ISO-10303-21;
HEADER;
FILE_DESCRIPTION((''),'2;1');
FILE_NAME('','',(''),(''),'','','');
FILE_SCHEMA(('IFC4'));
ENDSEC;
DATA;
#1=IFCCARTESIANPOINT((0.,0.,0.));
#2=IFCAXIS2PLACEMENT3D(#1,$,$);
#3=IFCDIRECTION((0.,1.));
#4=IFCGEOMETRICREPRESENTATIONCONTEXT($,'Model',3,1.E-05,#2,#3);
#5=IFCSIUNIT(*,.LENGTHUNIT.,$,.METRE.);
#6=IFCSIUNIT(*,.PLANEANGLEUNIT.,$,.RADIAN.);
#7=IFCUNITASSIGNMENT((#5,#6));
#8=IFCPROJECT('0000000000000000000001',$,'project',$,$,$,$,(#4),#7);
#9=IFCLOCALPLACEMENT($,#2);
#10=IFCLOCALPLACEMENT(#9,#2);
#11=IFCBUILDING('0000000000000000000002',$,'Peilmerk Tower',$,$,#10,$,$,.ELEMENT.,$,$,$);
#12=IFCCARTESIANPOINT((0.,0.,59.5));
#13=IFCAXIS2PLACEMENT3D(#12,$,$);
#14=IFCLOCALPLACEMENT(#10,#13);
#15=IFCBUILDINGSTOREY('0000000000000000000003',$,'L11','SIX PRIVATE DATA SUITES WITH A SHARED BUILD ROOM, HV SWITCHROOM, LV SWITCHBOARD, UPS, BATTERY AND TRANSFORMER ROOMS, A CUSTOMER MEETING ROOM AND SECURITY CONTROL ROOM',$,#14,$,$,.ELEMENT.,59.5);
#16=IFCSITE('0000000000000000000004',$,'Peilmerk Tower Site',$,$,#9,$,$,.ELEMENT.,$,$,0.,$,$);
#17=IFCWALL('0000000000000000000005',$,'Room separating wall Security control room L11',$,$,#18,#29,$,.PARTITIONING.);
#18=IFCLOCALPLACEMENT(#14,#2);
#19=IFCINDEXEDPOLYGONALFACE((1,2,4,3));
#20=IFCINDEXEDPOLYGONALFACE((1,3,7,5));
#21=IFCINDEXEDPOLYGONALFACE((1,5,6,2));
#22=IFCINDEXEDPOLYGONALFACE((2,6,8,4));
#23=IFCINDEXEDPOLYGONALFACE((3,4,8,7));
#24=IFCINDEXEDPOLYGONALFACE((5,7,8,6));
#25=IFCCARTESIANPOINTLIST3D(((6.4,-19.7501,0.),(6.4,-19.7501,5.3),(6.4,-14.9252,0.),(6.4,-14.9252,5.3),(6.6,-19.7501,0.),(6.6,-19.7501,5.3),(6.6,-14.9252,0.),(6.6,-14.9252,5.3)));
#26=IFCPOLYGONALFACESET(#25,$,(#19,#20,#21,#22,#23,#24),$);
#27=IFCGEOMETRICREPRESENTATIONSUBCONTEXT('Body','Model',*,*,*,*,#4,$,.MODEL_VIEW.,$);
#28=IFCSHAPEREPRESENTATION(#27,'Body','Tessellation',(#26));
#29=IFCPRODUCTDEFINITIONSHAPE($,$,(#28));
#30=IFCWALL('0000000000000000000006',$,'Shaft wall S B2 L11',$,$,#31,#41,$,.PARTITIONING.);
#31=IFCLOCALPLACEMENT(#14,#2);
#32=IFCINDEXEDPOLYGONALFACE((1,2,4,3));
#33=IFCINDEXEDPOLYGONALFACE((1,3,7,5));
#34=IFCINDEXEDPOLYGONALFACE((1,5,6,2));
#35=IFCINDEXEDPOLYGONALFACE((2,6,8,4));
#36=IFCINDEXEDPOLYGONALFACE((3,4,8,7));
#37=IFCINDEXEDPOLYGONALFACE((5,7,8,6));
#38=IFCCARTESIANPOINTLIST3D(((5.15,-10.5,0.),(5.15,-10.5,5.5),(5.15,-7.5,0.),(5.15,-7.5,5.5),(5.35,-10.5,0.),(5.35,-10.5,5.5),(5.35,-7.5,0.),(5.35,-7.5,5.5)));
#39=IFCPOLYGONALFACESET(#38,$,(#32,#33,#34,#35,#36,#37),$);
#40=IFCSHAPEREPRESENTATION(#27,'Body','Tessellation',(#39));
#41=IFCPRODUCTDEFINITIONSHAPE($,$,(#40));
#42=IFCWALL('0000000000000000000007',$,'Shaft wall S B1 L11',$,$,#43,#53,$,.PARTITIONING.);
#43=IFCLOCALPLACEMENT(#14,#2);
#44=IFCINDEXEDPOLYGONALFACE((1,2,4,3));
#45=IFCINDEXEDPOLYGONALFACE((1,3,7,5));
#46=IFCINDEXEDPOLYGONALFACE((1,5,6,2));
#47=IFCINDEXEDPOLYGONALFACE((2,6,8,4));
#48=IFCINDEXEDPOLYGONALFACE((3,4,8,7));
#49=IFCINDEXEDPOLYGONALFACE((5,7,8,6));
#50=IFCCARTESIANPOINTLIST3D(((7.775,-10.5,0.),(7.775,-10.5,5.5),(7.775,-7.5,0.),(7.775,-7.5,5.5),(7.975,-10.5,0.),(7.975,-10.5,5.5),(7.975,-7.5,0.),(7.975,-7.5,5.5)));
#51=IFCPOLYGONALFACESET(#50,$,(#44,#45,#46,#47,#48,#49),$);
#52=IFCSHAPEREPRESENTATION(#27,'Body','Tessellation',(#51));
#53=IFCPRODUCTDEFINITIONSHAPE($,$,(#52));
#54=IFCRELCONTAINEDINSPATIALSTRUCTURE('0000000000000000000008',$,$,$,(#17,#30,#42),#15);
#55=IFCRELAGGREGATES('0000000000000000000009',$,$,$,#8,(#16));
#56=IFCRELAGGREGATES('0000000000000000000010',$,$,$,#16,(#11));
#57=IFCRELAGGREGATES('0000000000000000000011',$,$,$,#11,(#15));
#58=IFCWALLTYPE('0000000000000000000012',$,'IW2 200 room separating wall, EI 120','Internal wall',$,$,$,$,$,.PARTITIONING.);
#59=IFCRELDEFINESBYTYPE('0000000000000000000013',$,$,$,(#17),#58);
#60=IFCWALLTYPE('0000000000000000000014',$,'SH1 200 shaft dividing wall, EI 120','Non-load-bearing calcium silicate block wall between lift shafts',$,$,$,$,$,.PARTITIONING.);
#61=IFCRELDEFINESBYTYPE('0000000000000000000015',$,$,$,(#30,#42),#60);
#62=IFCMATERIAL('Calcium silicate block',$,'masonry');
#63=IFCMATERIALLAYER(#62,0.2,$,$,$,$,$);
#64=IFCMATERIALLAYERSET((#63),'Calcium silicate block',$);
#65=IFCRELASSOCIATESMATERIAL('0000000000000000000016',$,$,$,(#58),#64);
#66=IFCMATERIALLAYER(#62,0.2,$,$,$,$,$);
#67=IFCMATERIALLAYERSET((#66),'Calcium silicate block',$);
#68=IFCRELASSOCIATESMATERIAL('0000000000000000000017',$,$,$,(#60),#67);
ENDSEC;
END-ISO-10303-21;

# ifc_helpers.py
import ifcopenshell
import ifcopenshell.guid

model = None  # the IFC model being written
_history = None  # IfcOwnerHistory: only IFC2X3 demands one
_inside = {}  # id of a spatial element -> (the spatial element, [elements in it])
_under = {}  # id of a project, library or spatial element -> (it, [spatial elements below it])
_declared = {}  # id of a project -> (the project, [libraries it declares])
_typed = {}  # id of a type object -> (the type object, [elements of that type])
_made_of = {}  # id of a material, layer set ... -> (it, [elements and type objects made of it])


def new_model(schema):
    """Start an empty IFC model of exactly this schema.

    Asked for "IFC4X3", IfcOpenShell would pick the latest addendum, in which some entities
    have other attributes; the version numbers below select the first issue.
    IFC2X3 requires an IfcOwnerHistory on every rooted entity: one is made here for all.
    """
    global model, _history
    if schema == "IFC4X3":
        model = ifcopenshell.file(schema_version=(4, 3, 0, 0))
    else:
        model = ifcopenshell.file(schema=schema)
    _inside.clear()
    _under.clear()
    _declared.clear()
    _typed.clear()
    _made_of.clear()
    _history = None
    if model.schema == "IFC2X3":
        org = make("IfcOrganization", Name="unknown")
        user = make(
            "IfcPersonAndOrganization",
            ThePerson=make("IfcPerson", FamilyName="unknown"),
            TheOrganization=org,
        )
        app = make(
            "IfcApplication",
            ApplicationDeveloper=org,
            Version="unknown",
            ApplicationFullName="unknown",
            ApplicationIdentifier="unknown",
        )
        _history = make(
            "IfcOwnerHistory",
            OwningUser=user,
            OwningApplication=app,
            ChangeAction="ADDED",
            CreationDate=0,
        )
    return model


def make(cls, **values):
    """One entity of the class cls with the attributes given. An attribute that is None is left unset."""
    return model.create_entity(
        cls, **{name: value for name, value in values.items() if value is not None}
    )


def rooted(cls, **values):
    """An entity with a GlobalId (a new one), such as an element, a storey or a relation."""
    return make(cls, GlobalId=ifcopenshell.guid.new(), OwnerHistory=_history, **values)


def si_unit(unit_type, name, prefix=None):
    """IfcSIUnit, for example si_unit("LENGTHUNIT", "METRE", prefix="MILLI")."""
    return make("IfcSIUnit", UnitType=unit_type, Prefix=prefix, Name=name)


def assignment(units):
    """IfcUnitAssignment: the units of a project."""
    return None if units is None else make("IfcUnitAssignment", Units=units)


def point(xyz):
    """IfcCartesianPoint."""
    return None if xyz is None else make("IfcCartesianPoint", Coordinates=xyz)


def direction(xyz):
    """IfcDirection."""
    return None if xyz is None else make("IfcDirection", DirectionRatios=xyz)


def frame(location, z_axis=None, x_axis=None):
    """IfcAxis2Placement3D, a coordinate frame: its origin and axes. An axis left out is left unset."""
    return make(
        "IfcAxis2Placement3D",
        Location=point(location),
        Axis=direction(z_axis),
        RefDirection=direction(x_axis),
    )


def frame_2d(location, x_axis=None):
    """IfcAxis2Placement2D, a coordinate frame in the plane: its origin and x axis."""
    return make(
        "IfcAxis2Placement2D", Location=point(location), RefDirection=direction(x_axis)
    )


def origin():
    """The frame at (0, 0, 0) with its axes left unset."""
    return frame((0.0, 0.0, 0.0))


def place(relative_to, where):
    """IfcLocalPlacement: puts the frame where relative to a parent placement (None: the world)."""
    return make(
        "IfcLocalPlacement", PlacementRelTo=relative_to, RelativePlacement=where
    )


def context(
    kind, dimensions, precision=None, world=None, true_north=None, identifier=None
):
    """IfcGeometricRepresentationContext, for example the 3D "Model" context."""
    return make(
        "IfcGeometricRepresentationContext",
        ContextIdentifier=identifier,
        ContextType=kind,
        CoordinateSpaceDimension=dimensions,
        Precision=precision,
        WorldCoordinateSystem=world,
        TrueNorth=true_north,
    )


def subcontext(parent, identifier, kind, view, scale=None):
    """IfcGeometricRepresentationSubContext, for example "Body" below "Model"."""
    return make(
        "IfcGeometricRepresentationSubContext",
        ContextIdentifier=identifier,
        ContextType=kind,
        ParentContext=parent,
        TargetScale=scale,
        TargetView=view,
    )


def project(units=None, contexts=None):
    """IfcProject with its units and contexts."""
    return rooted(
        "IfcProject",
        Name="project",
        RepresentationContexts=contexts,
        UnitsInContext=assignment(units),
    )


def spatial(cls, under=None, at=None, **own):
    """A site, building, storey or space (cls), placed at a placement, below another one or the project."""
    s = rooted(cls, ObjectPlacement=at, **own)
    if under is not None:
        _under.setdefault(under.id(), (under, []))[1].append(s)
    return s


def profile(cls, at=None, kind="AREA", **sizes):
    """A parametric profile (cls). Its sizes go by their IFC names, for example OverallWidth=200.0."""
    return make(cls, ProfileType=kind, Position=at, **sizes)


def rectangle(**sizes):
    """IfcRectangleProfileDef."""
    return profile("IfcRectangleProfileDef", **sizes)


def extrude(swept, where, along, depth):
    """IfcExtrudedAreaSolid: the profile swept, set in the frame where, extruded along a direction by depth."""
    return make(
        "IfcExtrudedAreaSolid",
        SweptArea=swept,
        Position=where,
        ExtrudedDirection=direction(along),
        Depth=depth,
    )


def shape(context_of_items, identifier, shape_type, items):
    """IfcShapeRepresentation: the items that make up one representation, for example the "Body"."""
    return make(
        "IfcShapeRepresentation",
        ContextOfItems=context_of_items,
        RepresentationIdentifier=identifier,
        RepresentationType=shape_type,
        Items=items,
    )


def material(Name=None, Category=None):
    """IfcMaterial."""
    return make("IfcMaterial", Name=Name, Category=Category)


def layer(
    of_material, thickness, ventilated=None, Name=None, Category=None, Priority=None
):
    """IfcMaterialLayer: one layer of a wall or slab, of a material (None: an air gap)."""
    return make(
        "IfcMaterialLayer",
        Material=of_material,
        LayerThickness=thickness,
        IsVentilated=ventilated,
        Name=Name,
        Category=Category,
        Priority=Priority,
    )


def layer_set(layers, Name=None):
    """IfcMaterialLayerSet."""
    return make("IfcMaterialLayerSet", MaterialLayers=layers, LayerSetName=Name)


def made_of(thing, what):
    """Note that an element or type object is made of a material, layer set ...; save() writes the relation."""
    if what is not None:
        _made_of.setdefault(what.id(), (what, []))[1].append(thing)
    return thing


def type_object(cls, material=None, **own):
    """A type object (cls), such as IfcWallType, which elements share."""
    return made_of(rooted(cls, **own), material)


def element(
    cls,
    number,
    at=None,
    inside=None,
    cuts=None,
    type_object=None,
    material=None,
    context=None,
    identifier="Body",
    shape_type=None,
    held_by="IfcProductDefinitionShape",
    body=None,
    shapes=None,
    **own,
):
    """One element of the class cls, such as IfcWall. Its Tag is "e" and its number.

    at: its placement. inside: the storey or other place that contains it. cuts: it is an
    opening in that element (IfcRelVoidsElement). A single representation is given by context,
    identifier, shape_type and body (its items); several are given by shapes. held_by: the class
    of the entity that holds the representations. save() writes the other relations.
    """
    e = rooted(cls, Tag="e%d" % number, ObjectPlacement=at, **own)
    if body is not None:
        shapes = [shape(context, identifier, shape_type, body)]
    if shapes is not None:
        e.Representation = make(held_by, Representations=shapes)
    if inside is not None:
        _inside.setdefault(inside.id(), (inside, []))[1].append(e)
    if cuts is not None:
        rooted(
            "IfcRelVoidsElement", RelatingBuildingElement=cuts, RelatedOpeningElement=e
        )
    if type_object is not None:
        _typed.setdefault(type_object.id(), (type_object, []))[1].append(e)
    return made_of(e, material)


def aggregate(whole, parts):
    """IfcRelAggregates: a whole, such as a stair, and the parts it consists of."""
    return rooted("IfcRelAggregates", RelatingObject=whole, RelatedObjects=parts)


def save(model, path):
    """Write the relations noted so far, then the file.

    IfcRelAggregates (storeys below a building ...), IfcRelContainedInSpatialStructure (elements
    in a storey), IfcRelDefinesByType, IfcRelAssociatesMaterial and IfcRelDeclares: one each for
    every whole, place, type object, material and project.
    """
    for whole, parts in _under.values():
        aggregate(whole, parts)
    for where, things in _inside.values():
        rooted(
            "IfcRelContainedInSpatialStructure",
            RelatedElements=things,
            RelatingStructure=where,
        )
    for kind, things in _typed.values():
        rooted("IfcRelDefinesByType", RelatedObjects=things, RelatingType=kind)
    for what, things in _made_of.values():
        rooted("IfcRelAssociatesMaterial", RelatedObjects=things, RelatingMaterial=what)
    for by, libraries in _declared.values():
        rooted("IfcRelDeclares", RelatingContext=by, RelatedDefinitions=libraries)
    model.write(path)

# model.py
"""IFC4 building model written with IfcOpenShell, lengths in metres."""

from ifc_helpers import new_model, si_unit, direction, frame, frame_2d, origin, place, context, subcontext, project, spatial, rectangle, extrude, material, layer, layer_set, type_object, element, save


model = new_model("IFC4")

# Units and contexts
model_context = context("Model", 3, precision=1e-05, world=origin(), true_north=direction((0.0, 1.0)))
body_context = subcontext(model_context, "Body", "Model", "MODEL_VIEW")
ifc_project = project(units=[si_unit("LENGTHUNIT", "METRE"), si_unit("PLANEANGLEUNIT", "RADIAN")], contexts=[model_context])

# Site, building, storey
site_placement = place(None, origin())
site = spatial("IfcSite", under=ifc_project, at=site_placement, Name="Peilmerk Tower Site", CompositionType="ELEMENT", RefElevation=0.0)
building_placement = place(site_placement, origin())
building = spatial("IfcBuilding", under=site, at=building_placement, Name="Peilmerk Tower", CompositionType="ELEMENT")
storey_placement = place(building_placement, frame((0.0, 0.0, 59.5)))
storey = spatial("IfcBuildingStorey", under=building, at=storey_placement, Name="L11", Description="SIX PRIVATE DATA SUITES WITH A SHARED BUILD ROOM, HV SWITCHROOM, LV SWITCHBOARD, UPS, BATTERY AND TRANSFORMER ROOMS, A CUSTOMER MEETING ROOM AND SECURITY CONTROL ROOM", CompositionType="ELEMENT", Elevation=59.5)

# Walls
ifc_material_1 = material(Name="Calcium silicate block", Category="masonry")
ifc_layer_1 = layer(ifc_material_1, 0.2)
ifc_layer_set_1 = layer_set([ifc_layer_1], Name="Calcium silicate block")
wall_type_1 = type_object("IfcWallType", Name="IW2 200 room separating wall, EI 120", Description="Internal wall", PredefinedType="PARTITIONING", material=ifc_layer_set_1)
for number, where, z_axis, x_axis, name in (
    (1, (6.5, -14.925, 0.0), (0.0, 0.0, 1.0), (0.0, -1.0, 0.0), "Room separating wall Security control room L11"),
):
    element("IfcWall", number, at=place(storey_placement, frame(where, z_axis=z_axis, x_axis=x_axis)), inside=storey, type_object=wall_type_1, Name=name, PredefinedType="PARTITIONING", context=body_context, shape_type="SweptSolid", body=[
        extrude(rectangle(XDim=4.825, YDim=0.2, at=frame_2d((2.4126, 0.0))), origin(), (0.0, 0.0, 1.0), 5.3),
    ])
ifc_layer_2 = layer(ifc_material_1, 0.2)
ifc_layer_set_2 = layer_set([ifc_layer_2], Name="Calcium silicate block")
wall_type_2 = type_object("IfcWallType", Name="SH1 200 shaft dividing wall, EI 120", Description="Non-load-bearing calcium silicate block wall between lift shafts", PredefinedType="PARTITIONING", material=ifc_layer_set_2)
for number, where, z_axis, x_axis, name in (
    (2, (5.25, -10.5, 0.0), (0.0, 0.0, 1.0), (0.0, 1.0, 0.0), "Shaft wall S B2 L11"),
    (3, (7.875, -10.5, 0.0), (0.0, 0.0, 1.0), (0.0, 1.0, 0.0), "Shaft wall S B1 L11"),
):
    element("IfcWall", number, at=place(storey_placement, frame(where, z_axis=z_axis, x_axis=x_axis)), inside=storey, type_object=wall_type_2, Name=name, PredefinedType="PARTITIONING", context=body_context, shape_type="SweptSolid", body=[
        extrude(rectangle(XDim=3.0, YDim=0.2, at=frame_2d((1.5, 0.0))), origin(), (0.0, 0.0, 1.0), 5.5),
    ])

save(model, "model.ifc")
